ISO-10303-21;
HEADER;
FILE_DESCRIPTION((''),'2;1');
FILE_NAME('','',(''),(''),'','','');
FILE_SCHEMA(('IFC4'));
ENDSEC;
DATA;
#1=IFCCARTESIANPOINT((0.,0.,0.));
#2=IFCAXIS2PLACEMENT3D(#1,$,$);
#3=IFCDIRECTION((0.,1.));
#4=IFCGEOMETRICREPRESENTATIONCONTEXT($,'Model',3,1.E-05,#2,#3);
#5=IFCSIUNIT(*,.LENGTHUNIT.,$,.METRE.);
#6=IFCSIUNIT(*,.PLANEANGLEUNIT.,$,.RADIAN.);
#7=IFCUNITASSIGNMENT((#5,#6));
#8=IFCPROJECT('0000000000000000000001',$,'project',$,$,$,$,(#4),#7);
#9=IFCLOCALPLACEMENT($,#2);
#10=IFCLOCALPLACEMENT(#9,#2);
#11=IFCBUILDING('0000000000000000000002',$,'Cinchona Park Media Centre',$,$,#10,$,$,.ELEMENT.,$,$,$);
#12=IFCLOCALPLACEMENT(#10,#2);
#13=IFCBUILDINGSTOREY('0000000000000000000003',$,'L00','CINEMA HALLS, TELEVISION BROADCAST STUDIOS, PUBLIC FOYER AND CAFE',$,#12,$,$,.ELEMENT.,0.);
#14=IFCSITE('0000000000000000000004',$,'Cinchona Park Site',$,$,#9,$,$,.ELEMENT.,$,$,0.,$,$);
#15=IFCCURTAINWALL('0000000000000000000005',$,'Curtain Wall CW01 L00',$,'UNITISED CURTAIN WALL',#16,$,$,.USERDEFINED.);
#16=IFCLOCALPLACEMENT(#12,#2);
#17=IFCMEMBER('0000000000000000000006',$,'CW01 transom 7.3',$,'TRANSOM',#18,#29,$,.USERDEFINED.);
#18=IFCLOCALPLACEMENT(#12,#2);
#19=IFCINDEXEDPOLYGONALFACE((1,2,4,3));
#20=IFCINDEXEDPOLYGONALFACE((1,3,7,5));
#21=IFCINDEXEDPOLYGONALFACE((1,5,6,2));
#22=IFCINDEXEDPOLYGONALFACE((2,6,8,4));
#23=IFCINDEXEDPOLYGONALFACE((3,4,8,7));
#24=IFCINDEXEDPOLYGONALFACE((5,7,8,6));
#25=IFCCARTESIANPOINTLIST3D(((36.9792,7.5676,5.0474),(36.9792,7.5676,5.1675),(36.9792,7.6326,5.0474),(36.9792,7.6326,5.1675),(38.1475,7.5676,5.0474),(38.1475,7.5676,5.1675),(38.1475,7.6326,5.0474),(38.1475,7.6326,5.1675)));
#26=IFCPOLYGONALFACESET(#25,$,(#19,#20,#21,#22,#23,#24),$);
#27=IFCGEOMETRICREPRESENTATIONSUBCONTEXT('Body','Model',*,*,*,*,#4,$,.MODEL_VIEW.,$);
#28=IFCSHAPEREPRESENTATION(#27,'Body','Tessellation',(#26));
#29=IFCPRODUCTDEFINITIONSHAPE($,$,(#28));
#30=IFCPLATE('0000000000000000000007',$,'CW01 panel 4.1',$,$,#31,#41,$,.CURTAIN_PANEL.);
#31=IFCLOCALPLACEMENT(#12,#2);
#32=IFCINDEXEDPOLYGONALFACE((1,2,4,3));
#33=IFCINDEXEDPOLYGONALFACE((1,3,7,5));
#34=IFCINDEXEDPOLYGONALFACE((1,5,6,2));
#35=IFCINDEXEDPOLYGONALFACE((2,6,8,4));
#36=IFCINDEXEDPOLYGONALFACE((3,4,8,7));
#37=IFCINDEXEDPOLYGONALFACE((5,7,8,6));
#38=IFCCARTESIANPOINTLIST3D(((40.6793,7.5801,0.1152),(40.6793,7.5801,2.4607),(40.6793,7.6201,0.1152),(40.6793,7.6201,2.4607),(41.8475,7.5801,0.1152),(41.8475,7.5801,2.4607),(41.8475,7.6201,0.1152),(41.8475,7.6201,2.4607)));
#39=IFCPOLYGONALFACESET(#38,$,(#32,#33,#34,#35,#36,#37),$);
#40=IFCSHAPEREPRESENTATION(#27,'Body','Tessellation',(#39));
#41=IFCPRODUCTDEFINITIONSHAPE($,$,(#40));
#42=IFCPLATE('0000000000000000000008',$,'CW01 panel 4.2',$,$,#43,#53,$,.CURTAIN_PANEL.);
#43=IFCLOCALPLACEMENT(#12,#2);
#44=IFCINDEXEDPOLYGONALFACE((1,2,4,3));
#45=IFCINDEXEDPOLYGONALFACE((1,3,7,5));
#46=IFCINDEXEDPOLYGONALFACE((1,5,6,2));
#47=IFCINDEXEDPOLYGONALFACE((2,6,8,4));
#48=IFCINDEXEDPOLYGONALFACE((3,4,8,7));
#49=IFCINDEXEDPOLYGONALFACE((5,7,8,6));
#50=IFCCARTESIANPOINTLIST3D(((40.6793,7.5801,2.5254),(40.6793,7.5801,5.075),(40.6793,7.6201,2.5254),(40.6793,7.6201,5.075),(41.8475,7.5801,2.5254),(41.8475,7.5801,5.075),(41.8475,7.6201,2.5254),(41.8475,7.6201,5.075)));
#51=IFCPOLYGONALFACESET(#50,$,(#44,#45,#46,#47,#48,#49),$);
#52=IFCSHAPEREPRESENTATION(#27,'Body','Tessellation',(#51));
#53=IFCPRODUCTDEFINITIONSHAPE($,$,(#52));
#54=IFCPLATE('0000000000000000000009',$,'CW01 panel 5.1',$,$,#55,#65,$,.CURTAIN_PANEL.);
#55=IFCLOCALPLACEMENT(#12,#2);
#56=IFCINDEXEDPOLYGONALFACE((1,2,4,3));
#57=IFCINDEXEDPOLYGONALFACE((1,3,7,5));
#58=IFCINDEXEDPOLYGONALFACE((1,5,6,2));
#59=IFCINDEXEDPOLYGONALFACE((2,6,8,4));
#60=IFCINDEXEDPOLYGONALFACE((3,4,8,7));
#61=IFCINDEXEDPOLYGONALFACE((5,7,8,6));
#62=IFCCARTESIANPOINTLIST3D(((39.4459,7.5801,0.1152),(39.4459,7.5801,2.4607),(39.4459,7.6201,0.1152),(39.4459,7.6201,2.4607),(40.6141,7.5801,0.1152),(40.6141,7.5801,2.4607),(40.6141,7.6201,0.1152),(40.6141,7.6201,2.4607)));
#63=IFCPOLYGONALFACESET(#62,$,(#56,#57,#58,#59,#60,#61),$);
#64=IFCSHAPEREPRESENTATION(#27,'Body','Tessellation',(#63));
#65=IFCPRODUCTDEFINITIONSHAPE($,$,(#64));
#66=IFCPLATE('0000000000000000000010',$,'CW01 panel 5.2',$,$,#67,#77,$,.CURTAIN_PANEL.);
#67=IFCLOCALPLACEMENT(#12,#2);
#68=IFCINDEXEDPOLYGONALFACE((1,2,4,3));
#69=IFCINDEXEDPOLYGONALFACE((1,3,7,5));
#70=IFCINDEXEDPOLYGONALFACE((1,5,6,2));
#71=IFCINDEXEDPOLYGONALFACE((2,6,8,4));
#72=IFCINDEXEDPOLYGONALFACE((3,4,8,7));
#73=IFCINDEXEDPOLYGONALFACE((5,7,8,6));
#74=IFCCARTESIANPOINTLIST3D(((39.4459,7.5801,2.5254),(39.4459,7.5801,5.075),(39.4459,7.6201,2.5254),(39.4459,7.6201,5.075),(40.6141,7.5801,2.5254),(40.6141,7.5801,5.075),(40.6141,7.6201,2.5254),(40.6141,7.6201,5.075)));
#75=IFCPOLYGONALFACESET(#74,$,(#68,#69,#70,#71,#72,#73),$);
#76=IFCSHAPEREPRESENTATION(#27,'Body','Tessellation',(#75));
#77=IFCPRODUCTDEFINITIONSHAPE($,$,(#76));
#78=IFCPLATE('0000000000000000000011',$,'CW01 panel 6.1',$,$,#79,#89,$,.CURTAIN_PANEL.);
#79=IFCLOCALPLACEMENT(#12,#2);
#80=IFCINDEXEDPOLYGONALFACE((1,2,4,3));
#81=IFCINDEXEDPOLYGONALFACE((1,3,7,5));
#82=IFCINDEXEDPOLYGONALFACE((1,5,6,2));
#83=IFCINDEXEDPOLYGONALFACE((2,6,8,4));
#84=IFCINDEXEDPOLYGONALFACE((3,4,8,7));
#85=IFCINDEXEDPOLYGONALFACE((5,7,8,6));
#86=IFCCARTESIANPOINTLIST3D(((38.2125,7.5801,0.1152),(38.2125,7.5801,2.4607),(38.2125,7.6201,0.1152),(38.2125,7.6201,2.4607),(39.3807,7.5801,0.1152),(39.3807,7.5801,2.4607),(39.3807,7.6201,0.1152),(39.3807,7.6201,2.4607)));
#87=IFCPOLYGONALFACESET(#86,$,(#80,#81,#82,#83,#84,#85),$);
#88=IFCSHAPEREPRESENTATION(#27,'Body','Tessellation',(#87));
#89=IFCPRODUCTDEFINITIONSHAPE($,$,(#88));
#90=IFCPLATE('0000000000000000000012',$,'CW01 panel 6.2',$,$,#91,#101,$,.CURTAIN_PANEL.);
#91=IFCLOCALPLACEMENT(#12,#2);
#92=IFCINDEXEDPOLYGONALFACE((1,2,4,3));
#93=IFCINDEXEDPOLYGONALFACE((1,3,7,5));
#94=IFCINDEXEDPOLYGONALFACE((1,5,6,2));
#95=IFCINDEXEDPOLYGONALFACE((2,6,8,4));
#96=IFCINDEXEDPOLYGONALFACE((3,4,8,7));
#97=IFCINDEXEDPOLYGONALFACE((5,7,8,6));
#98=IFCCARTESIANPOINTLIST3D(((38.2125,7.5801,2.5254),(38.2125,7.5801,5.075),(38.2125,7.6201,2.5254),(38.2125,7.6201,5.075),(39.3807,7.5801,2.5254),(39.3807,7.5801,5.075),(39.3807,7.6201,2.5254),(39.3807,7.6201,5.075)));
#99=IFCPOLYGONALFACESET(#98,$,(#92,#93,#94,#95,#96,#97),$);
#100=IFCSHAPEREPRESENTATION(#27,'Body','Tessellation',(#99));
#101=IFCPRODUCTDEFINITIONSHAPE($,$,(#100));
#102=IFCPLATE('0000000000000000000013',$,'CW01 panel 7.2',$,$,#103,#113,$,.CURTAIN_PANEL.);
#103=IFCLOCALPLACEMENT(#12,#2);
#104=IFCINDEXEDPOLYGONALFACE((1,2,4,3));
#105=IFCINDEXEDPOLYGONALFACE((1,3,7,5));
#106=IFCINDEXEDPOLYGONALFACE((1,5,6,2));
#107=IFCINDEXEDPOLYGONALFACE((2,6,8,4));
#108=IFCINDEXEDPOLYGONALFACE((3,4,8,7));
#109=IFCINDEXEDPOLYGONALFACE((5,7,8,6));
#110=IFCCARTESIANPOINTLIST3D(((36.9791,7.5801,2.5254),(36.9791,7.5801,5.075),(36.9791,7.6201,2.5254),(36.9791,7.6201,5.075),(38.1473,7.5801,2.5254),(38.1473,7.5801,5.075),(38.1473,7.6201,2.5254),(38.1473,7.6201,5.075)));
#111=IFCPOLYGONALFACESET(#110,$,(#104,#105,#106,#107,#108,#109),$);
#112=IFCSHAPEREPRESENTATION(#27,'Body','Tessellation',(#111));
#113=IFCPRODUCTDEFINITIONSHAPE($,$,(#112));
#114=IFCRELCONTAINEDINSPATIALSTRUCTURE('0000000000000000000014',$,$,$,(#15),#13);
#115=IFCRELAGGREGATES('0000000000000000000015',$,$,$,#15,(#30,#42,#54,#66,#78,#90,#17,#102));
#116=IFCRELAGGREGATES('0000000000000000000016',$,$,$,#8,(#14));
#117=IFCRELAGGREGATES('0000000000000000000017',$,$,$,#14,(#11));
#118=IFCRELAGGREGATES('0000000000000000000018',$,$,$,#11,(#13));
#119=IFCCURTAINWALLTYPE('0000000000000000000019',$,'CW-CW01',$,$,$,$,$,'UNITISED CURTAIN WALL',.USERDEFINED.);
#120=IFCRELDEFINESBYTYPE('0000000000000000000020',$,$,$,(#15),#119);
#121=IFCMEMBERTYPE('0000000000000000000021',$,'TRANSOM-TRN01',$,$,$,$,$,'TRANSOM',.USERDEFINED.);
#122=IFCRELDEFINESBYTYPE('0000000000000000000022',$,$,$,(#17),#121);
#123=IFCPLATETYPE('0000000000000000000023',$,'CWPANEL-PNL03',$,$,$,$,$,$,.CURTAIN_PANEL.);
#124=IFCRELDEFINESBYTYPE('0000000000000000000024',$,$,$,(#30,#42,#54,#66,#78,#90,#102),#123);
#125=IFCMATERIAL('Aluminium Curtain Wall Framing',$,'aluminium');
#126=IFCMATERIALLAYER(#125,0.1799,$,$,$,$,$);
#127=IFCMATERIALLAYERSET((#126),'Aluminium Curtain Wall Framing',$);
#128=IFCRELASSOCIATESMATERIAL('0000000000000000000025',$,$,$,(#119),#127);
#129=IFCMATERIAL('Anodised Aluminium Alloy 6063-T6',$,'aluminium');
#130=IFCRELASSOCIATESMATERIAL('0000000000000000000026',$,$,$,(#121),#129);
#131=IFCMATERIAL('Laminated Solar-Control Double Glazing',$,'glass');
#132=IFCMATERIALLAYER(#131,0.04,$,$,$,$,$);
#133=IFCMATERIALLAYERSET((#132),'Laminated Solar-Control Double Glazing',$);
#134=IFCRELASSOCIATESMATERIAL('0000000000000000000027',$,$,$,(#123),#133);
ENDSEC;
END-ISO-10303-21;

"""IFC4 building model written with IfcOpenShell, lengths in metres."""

from ifc_helpers import new_model, si_unit, direction, frame, origin, origin_2d, place, context, subcontext, project, spatial, rectangle, extrude, material, layer, layer_set, material_profile, profile_set, type_object, element, aggregate, save


model = new_model("IFC4")

# Units and contexts
model_context = context("Model", 3, precision=1e-05, world=origin(), true_north=direction((0.0, 1.0)))
body_context = subcontext(model_context, "Body", "Model", "MODEL_VIEW")
ifc_project = project(units=[si_unit("LENGTHUNIT", "METRE"), si_unit("PLANEANGLEUNIT", "RADIAN")], contexts=[model_context])

# Site, building, storey
site_placement = place(None, origin())
site = spatial("IfcSite", under=ifc_project, at=site_placement, Name="Cinchona Park Site", CompositionType="ELEMENT", RefElevation=0.0)
building_placement = place(site_placement, origin())
building = spatial("IfcBuilding", under=site, at=building_placement, Name="Cinchona Park Media Centre", CompositionType="ELEMENT")
storey_placement = place(building_placement, origin())
storey = spatial("IfcBuildingStorey", under=building, at=storey_placement, Name="L00", Description="CINEMA HALLS, TELEVISION BROADCAST STUDIOS, PUBLIC FOYER AND CAFE", CompositionType="ELEMENT", Elevation=0.0)

# Curtain wall, member, plates
ifc_material_1 = material(Name="Aluminium Curtain Wall Framing", Category="aluminium")
ifc_layer_1 = layer(ifc_material_1, 0.1799)
ifc_layer_set_1 = layer_set([ifc_layer_1], Name="Aluminium Curtain Wall Framing")
curtain_wall_type = type_object("IfcCurtainWallType", Name="CW-CW01", ElementType="UNITISED CURTAIN WALL", PredefinedType="USERDEFINED", material=ifc_layer_set_1)
curtain_wall_placement = place(storey_placement, origin())
curtain_wall = element("IfcCurtainWall", 1, at=curtain_wall_placement, inside=storey, type_object=curtain_wall_type, Name="Curtain Wall CW01 L00", ObjectType="UNITISED CURTAIN WALL", PredefinedType="USERDEFINED")
ifc_material_2 = material(Name="Anodised Aluminium Alloy 6063-T6", Category="aluminium")
ifc_material_profile_1 = material_profile(ifc_material_2, rectangle(XDim=0.0649, YDim=0.1201, at=origin_2d()), Name="TRN-65X120")
ifc_profile_set_1 = profile_set([ifc_material_profile_1], Name="Anodised Aluminium Alloy 6063-T6")
member_type_1 = type_object("IfcMemberType", Name="TRANSOM-TRN01", ElementType="TRANSOM", PredefinedType="USERDEFINED", material=ifc_profile_set_1)
member_1_placement = place(storey_placement, frame((38.1475, 7.6001, 5.1074), z_axis=(-1.0, 0.0, 0.0), x_axis=(0.0, -1.0, 0.0)))
member_1 = element("IfcMember", 2, at=member_1_placement, type_object=member_type_1, Name="CW01 transom 7.3", ObjectType="TRANSOM", PredefinedType="USERDEFINED", context=body_context, shape_type="SweptSolid", body=[
    extrude(rectangle(XDim=0.0649, YDim=0.1201, at=origin_2d()), origin(), (0.0, 0.0, 1.0), 1.1682),
])
ifc_material_3 = material(Name="Laminated Solar-Control Double Glazing", Category="glass")
ifc_layer_2 = layer(ifc_material_3, 0.04)
ifc_layer_set_2 = layer_set([ifc_layer_2], Name="Laminated Solar-Control Double Glazing")
plate_type = type_object("IfcPlateType", Name="CWPANEL-PNL03", PredefinedType="CURTAIN_PANEL", material=ifc_layer_set_2)
plate_1_placement = place(storey_placement, frame((41.2634, 7.6001, 0.1152), z_axis=(0.0, 0.0, 1.0), x_axis=(-1.0, 0.0, 0.0)))
plate_1 = element("IfcPlate", 3, at=plate_1_placement, type_object=plate_type, Name="CW01 panel 4.1", PredefinedType="CURTAIN_PANEL", context=body_context, shape_type="SweptSolid", body=[
    extrude(rectangle(XDim=1.1682, YDim=0.04, at=origin_2d()), origin(), (0.0, 0.0, 1.0), 2.3455),
])
plate_2_placement = place(storey_placement, frame((41.2634, 7.6001, 2.5254), z_axis=(0.0, 0.0, 1.0), x_axis=(-1.0, 0.0, 0.0)))
plate_2 = element("IfcPlate", 4, at=plate_2_placement, type_object=plate_type, Name="CW01 panel 4.2", PredefinedType="CURTAIN_PANEL", context=body_context, shape_type="SweptSolid", body=[
    extrude(rectangle(XDim=1.1682, YDim=0.04, at=origin_2d()), origin(), (0.0, 0.0, 1.0), 2.5496),
])
plate_3_placement = place(storey_placement, frame((40.03, 7.6001, 0.1152), z_axis=(0.0, 0.0, 1.0), x_axis=(-1.0, 0.0, 0.0)))
plate_3 = element("IfcPlate", 5, at=plate_3_placement, type_object=plate_type, Name="CW01 panel 5.1", PredefinedType="CURTAIN_PANEL", context=body_context, shape_type="SweptSolid", body=[
    extrude(rectangle(XDim=1.1682, YDim=0.04, at=origin_2d()), origin(), (0.0, 0.0, 1.0), 2.3455),
])
plate_4_placement = place(storey_placement, frame((40.03, 7.6001, 2.5254), z_axis=(0.0, 0.0, 1.0), x_axis=(-1.0, 0.0, 0.0)))
plate_4 = element("IfcPlate", 6, at=plate_4_placement, type_object=plate_type, Name="CW01 panel 5.2", PredefinedType="CURTAIN_PANEL", context=body_context, shape_type="SweptSolid", body=[
    extrude(rectangle(XDim=1.1682, YDim=0.04, at=origin_2d()), origin(), (0.0, 0.0, 1.0), 2.5496),
])
plate_5_placement = place(storey_placement, frame((38.7966, 7.6001, 0.1152), z_axis=(0.0, 0.0, 1.0), x_axis=(-1.0, 0.0, 0.0)))
plate_5 = element("IfcPlate", 7, at=plate_5_placement, type_object=plate_type, Name="CW01 panel 6.1", PredefinedType="CURTAIN_PANEL", context=body_context, shape_type="SweptSolid", body=[
    extrude(rectangle(XDim=1.1682, YDim=0.04, at=origin_2d()), origin(), (0.0, 0.0, 1.0), 2.3455),
])
plate_6_placement = place(storey_placement, frame((38.7966, 7.6001, 2.5254), z_axis=(0.0, 0.0, 1.0), x_axis=(-1.0, 0.0, 0.0)))
plate_6 = element("IfcPlate", 8, at=plate_6_placement, type_object=plate_type, Name="CW01 panel 6.2", PredefinedType="CURTAIN_PANEL", context=body_context, shape_type="SweptSolid", body=[
    extrude(rectangle(XDim=1.1682, YDim=0.04, at=origin_2d()), origin(), (0.0, 0.0, 1.0), 2.5496),
])
plate_7_placement = place(storey_placement, frame((37.5632, 7.6001, 2.5254), z_axis=(0.0, 0.0, 1.0), x_axis=(-1.0, 0.0, 0.0)))
plate_7 = element("IfcPlate", 9, at=plate_7_placement, type_object=plate_type, Name="CW01 panel 7.2", PredefinedType="CURTAIN_PANEL", context=body_context, shape_type="SweptSolid", body=[
    extrude(rectangle(XDim=1.1682, YDim=0.04, at=origin_2d()), origin(), (0.0, 0.0, 1.0), 2.5496),
])
aggregate(curtain_wall, [plate_1, plate_2, plate_3, plate_4, plate_5, plate_6, member_1, plate_7])

save(model, "model.ifc")
